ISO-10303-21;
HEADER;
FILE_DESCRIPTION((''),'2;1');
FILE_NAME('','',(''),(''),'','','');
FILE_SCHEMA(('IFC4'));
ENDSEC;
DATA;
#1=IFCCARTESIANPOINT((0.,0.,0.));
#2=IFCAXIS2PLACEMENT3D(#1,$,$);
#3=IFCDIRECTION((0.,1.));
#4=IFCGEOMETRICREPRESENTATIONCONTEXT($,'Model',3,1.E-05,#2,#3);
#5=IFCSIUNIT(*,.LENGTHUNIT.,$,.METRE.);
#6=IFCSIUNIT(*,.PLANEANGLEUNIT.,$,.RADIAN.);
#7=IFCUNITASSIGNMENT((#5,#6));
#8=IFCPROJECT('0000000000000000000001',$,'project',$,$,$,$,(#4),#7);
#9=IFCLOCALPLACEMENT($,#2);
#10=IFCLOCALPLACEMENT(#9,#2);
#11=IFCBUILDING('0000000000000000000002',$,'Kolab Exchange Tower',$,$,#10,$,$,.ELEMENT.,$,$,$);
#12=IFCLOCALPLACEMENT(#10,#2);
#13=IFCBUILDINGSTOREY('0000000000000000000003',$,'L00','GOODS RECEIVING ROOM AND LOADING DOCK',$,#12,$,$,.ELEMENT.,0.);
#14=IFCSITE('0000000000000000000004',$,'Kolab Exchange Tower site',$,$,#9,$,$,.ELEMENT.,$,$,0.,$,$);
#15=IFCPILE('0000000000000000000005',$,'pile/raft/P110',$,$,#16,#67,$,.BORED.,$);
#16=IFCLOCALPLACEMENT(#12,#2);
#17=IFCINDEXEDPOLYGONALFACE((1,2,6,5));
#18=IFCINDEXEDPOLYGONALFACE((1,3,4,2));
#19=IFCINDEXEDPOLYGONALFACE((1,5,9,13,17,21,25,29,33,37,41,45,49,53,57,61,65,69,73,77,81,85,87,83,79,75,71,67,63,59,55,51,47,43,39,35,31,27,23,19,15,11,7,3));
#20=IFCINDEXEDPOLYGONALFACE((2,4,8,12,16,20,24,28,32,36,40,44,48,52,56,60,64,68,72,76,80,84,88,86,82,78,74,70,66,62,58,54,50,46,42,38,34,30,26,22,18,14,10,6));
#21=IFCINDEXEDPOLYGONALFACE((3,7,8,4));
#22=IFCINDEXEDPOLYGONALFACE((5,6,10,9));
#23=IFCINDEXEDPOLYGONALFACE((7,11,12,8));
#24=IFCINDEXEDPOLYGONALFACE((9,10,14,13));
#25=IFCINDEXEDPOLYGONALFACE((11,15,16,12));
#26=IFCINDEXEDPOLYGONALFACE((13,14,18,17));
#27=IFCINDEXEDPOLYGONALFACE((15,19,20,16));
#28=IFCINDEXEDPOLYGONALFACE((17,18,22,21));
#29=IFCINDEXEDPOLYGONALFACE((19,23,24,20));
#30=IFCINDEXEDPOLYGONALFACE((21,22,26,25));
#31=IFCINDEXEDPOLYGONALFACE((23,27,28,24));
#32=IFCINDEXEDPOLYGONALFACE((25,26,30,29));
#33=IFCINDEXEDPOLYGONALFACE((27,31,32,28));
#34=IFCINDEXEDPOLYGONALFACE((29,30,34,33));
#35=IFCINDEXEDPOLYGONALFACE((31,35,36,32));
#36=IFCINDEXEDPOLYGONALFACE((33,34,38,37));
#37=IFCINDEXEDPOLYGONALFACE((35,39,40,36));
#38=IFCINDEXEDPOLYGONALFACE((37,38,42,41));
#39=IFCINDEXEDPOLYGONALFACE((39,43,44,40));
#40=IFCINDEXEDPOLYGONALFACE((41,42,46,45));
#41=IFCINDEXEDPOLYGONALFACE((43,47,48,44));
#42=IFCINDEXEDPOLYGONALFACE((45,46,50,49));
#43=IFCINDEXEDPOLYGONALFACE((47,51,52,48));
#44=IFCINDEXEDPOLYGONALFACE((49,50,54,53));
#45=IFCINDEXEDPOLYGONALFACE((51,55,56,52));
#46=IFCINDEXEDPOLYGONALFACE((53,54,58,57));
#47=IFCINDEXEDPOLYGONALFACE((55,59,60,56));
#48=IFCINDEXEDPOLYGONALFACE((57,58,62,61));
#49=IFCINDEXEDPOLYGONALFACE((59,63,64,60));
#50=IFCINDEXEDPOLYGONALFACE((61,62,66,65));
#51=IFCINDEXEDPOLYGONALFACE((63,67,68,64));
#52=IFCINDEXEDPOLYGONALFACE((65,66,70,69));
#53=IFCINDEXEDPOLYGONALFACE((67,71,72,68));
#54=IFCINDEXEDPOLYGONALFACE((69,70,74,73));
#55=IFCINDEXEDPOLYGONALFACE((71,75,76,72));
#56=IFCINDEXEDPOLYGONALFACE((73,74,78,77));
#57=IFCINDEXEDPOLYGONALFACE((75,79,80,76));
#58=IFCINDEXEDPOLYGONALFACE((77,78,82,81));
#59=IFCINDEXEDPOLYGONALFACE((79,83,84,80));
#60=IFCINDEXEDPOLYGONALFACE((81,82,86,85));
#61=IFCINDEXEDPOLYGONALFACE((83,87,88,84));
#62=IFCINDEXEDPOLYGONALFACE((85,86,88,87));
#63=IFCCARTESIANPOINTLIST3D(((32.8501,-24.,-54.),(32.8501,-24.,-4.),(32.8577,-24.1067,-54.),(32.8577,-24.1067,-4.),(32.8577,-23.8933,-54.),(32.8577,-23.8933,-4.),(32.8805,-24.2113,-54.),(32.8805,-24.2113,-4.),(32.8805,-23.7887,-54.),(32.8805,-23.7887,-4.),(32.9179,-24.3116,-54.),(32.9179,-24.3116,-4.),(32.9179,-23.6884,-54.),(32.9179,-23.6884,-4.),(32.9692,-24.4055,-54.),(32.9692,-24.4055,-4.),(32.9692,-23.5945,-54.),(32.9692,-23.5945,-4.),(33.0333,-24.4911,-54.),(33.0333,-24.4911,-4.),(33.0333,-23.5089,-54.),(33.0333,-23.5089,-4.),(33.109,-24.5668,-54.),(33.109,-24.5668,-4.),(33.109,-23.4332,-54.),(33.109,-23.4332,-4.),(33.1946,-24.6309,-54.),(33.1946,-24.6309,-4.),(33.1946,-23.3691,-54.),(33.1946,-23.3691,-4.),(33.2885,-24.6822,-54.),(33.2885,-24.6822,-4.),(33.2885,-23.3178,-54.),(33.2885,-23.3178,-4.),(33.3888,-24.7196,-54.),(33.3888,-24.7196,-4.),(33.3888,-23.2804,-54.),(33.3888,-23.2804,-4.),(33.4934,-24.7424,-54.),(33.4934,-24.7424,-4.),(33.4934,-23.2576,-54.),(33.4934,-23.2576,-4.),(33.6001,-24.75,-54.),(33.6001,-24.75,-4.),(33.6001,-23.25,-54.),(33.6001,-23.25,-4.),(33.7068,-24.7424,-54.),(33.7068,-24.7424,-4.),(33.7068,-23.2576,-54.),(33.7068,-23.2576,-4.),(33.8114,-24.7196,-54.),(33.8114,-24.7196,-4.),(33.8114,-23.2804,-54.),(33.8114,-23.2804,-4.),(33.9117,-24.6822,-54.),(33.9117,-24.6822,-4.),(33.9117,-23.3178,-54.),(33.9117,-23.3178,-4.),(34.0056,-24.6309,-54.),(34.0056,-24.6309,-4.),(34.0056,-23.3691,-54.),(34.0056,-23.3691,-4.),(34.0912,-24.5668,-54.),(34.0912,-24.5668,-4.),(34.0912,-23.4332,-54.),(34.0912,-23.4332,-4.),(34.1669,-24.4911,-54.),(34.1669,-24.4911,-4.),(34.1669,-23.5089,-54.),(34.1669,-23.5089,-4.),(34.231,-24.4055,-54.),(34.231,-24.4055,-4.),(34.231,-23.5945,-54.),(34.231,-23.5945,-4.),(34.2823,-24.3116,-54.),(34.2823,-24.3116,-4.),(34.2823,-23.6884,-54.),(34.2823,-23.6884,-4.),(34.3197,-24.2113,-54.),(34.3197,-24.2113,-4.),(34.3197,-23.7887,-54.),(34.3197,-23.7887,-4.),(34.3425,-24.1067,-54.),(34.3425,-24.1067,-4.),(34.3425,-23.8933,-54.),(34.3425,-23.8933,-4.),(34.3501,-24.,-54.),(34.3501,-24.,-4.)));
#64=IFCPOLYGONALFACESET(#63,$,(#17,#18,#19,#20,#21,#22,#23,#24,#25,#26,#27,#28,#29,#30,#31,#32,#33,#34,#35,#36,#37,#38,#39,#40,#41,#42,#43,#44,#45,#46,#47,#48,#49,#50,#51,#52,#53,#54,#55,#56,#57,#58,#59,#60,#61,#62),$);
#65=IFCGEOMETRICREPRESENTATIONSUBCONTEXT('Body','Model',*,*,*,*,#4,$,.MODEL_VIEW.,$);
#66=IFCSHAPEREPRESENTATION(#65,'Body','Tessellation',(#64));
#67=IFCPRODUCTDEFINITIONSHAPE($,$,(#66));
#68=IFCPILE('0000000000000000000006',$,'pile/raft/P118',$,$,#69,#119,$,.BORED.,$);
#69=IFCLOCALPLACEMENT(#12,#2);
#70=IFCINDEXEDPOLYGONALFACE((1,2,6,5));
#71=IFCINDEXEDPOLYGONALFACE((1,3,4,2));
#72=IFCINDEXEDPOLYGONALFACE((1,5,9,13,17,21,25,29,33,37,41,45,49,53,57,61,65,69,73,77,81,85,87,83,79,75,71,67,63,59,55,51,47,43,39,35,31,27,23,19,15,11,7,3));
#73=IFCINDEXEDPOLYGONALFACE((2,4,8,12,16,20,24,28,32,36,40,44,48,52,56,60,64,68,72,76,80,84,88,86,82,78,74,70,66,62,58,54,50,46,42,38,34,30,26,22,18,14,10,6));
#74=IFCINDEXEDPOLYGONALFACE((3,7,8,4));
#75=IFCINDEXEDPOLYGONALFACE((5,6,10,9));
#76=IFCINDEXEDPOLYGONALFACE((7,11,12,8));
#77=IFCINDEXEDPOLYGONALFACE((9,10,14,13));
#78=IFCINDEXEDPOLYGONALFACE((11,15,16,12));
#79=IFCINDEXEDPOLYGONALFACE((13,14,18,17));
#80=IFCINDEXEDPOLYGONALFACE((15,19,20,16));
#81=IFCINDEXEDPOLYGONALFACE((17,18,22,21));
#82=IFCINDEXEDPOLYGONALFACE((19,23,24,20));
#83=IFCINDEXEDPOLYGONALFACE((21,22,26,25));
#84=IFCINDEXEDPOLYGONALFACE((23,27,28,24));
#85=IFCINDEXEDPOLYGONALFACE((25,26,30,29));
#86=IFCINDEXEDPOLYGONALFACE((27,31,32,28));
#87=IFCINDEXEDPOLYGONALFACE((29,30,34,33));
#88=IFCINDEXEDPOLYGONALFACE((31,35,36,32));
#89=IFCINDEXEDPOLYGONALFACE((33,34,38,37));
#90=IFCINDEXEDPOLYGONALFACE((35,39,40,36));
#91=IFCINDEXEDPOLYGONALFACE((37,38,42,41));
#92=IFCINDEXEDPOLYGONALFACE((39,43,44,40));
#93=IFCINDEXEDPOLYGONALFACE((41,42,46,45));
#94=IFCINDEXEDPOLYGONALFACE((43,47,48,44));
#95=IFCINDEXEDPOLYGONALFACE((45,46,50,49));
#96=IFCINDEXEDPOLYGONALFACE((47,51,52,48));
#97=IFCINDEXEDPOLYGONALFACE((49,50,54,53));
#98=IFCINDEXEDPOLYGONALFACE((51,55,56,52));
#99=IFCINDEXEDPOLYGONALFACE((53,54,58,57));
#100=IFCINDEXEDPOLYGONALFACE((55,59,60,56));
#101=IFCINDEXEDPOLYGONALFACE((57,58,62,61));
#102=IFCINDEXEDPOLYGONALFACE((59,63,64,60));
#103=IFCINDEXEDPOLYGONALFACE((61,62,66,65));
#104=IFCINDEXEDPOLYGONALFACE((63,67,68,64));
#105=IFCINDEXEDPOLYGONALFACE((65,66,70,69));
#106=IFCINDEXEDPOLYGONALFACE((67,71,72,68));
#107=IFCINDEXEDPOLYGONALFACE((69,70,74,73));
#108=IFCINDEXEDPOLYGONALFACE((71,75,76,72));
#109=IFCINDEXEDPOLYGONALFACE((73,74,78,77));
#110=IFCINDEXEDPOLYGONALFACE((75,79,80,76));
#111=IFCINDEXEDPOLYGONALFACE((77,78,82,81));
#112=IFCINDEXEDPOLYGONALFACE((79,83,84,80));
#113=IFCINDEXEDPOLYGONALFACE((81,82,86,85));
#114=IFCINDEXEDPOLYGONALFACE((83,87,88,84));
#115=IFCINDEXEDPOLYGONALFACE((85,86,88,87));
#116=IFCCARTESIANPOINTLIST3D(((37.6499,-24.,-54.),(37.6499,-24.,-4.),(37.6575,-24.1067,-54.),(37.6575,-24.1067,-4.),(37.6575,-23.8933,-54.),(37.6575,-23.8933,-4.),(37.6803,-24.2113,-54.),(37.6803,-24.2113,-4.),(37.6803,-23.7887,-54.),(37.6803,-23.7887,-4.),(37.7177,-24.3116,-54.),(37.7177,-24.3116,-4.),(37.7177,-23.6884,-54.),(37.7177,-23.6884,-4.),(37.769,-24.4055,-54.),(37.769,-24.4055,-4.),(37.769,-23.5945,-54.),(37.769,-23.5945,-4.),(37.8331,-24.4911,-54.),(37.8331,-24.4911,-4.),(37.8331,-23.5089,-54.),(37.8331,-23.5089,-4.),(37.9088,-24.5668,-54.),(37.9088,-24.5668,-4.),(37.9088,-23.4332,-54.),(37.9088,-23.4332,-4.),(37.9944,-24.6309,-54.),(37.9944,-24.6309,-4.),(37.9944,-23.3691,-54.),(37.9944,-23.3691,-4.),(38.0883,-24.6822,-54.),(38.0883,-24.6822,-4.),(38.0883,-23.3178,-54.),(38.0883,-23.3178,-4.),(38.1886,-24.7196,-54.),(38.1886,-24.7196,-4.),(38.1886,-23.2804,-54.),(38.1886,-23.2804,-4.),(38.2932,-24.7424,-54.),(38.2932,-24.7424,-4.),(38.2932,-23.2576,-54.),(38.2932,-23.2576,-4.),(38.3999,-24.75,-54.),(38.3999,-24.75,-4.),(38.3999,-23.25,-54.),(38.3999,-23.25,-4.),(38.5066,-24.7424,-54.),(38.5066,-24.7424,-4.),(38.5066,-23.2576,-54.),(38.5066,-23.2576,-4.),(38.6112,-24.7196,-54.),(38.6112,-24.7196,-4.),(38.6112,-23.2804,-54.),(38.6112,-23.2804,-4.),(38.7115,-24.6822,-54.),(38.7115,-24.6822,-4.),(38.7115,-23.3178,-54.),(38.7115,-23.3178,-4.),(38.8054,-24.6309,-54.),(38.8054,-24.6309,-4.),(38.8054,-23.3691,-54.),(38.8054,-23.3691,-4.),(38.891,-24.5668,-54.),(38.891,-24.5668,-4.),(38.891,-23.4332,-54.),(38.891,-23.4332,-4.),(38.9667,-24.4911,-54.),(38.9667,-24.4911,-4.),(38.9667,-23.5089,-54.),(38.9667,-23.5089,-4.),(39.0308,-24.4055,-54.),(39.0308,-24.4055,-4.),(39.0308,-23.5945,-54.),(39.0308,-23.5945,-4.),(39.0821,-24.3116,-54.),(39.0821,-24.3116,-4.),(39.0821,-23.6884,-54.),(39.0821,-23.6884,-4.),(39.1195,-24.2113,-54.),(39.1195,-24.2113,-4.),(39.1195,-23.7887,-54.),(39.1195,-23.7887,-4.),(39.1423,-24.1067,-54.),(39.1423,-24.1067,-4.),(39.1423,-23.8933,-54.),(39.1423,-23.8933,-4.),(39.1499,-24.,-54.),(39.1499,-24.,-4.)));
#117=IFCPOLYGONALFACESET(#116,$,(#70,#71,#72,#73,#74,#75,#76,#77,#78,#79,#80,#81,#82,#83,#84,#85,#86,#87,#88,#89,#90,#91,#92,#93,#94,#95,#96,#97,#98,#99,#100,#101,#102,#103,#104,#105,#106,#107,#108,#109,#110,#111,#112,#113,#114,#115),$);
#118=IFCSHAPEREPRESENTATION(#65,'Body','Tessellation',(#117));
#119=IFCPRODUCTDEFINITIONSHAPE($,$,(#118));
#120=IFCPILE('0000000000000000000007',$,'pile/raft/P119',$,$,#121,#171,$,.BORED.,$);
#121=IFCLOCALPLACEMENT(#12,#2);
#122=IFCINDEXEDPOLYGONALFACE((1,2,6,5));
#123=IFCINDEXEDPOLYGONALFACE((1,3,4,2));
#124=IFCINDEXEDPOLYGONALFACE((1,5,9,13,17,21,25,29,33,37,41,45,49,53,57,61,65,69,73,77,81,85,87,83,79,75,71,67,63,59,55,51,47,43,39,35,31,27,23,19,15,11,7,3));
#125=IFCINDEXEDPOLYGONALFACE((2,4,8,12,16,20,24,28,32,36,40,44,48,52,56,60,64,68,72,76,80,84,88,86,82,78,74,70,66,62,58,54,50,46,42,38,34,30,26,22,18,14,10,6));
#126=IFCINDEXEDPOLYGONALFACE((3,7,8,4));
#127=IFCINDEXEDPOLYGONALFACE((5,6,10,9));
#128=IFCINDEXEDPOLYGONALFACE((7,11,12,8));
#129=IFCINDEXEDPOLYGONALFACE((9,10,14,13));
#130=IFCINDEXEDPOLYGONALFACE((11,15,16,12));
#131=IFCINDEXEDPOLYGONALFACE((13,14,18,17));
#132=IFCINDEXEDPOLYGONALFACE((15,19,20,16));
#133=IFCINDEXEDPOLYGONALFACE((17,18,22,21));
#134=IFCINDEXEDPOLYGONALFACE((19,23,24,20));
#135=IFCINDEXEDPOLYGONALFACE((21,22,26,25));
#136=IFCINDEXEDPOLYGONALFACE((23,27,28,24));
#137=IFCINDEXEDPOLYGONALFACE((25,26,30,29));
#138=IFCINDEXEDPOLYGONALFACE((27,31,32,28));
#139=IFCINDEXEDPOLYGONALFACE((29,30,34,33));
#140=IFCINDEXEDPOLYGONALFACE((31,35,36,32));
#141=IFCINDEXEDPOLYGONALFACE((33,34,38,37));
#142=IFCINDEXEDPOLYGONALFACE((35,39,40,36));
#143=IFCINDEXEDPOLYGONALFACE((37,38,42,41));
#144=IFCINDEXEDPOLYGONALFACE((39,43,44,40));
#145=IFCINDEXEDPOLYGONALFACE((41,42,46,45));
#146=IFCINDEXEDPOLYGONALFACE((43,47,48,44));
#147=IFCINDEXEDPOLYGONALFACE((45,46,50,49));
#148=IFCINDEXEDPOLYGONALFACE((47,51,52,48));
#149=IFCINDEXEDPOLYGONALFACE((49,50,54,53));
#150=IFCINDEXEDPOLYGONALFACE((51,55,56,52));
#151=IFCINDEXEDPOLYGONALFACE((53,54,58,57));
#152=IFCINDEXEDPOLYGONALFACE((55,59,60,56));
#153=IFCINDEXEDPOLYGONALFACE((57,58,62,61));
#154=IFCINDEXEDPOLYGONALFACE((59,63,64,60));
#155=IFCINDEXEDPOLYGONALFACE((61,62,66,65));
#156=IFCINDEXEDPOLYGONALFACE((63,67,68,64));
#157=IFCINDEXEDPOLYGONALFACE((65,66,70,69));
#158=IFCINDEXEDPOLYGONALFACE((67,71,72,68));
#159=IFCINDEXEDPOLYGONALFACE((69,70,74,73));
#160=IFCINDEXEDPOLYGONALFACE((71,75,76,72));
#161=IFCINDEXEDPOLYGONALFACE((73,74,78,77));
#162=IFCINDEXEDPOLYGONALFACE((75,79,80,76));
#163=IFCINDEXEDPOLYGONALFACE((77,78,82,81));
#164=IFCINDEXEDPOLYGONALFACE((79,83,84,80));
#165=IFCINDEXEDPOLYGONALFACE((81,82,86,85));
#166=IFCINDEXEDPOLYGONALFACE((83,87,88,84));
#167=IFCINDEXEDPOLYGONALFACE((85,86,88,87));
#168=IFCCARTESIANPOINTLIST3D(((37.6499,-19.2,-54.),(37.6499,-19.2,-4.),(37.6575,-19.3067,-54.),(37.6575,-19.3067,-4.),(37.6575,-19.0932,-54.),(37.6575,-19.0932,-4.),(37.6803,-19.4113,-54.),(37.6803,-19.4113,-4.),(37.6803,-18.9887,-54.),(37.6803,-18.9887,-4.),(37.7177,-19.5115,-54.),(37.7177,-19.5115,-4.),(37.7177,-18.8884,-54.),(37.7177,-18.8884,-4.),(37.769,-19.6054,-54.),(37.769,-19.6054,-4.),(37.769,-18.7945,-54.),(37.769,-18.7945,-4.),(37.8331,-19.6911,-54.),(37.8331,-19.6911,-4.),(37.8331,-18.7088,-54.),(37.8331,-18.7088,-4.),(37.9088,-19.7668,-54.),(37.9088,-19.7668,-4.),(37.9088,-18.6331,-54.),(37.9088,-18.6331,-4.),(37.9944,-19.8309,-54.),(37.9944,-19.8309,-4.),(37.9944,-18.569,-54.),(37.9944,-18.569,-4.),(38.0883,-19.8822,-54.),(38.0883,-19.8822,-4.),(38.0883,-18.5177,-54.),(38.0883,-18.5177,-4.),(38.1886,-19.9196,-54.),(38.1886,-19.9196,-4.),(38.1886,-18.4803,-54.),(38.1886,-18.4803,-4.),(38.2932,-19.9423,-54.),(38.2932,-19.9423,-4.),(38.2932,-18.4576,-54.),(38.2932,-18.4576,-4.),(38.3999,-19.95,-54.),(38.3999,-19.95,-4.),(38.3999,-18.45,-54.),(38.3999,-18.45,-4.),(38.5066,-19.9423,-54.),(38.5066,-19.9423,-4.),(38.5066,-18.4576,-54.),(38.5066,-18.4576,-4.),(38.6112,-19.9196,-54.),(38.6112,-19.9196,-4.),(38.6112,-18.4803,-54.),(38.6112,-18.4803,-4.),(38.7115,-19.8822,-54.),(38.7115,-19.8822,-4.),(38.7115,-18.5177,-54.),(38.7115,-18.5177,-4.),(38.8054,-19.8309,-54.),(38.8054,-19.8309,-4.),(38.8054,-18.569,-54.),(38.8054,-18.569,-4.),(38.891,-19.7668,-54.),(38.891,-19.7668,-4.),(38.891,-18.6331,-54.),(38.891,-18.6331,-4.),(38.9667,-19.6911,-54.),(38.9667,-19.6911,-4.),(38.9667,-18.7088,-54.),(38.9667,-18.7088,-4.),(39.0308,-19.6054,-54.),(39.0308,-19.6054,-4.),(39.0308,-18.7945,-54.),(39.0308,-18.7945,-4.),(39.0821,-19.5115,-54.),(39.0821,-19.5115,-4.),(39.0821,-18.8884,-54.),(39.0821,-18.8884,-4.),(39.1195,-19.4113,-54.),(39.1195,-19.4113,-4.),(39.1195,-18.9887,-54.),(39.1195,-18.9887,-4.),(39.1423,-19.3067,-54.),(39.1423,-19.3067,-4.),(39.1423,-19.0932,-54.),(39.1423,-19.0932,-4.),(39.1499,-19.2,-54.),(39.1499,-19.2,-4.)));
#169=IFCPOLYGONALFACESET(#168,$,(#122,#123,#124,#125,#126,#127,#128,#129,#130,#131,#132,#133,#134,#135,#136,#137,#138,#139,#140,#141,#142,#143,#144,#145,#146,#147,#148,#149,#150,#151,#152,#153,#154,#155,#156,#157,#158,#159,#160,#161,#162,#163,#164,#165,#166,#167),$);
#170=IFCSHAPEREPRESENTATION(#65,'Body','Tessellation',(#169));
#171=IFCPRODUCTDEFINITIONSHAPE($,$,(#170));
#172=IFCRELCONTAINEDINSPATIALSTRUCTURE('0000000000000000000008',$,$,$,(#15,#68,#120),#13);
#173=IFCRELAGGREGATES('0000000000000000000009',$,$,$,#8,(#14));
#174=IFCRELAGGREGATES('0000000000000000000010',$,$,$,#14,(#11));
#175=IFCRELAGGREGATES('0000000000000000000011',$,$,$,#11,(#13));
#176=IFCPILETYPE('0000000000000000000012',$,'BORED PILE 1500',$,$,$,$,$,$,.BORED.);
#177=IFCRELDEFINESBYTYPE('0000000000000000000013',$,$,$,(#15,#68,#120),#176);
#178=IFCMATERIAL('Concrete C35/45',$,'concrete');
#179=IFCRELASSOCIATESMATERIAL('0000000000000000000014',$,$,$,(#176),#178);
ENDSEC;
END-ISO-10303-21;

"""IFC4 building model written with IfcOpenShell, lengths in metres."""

from ifc_helpers import new_model, si_unit, direction, frame, origin, origin_2d, place, context, subcontext, project, spatial, circle, extrude, material, material_profile, profile_set, type_object, element, save


model = new_model("IFC4")

# Units and contexts
model_context = context("Model", 3, precision=1e-05, world=origin(), true_north=direction((0.0, 1.0)))
body_context = subcontext(model_context, "Body", "Model", "MODEL_VIEW")
ifc_project = project(units=[si_unit("LENGTHUNIT", "METRE"), si_unit("PLANEANGLEUNIT", "RADIAN")], contexts=[model_context])

# Site, building, storey
site_placement = place(None, origin())
site = spatial("IfcSite", under=ifc_project, at=site_placement, Name="Kolab Exchange Tower site", CompositionType="ELEMENT", RefElevation=0.0)
building_placement = place(site_placement, origin())
building = spatial("IfcBuilding", under=site, at=building_placement, Name="Kolab Exchange Tower", CompositionType="ELEMENT")
storey_placement = place(building_placement, origin())
storey = spatial("IfcBuildingStorey", under=building, at=storey_placement, Name="L00", Description="GOODS RECEIVING ROOM AND LOADING DOCK", CompositionType="ELEMENT", Elevation=0.0)

# Piles
ifc_material_1 = material(Name="Concrete C35/45", Category="concrete")
ifc_material_profile_1 = material_profile(ifc_material_1, circle(Radius=0.75, at=origin_2d()), Name="BP1500")
ifc_profile_set_1 = profile_set([ifc_material_profile_1], Name="Concrete C35/45")
pile_type_1 = type_object("IfcPileType", Name="BORED PILE 1500", PredefinedType="BORED", material=ifc_profile_set_1)
for number, where, z_axis, x_axis, name in (
    (1, (33.6001, -24.0, -4.0), (0.0, 0.0, -1.0), (1.0, 0.0, 0.0), "pile/raft/P110"),
    (2, (38.3999, -24.0, -4.0), (0.0, 0.0, -1.0), (1.0, 0.0, 0.0), "pile/raft/P118"),
    (3, (38.3999, -19.2, -4.0), (0.0, 0.0, -1.0), (1.0, 0.0, 0.0), "pile/raft/P119"),
):
    element("IfcPile", number, at=place(storey_placement, frame(where, z_axis=z_axis, x_axis=x_axis)), inside=storey, type_object=pile_type_1, Name=name, PredefinedType="BORED", context=body_context, shape_type="SweptSolid", body=[
        extrude(circle(Radius=0.75, at=origin_2d()), origin(), (0.0, 0.0, 1.0), 50.0),
    ])

save(model, "model.ifc")
